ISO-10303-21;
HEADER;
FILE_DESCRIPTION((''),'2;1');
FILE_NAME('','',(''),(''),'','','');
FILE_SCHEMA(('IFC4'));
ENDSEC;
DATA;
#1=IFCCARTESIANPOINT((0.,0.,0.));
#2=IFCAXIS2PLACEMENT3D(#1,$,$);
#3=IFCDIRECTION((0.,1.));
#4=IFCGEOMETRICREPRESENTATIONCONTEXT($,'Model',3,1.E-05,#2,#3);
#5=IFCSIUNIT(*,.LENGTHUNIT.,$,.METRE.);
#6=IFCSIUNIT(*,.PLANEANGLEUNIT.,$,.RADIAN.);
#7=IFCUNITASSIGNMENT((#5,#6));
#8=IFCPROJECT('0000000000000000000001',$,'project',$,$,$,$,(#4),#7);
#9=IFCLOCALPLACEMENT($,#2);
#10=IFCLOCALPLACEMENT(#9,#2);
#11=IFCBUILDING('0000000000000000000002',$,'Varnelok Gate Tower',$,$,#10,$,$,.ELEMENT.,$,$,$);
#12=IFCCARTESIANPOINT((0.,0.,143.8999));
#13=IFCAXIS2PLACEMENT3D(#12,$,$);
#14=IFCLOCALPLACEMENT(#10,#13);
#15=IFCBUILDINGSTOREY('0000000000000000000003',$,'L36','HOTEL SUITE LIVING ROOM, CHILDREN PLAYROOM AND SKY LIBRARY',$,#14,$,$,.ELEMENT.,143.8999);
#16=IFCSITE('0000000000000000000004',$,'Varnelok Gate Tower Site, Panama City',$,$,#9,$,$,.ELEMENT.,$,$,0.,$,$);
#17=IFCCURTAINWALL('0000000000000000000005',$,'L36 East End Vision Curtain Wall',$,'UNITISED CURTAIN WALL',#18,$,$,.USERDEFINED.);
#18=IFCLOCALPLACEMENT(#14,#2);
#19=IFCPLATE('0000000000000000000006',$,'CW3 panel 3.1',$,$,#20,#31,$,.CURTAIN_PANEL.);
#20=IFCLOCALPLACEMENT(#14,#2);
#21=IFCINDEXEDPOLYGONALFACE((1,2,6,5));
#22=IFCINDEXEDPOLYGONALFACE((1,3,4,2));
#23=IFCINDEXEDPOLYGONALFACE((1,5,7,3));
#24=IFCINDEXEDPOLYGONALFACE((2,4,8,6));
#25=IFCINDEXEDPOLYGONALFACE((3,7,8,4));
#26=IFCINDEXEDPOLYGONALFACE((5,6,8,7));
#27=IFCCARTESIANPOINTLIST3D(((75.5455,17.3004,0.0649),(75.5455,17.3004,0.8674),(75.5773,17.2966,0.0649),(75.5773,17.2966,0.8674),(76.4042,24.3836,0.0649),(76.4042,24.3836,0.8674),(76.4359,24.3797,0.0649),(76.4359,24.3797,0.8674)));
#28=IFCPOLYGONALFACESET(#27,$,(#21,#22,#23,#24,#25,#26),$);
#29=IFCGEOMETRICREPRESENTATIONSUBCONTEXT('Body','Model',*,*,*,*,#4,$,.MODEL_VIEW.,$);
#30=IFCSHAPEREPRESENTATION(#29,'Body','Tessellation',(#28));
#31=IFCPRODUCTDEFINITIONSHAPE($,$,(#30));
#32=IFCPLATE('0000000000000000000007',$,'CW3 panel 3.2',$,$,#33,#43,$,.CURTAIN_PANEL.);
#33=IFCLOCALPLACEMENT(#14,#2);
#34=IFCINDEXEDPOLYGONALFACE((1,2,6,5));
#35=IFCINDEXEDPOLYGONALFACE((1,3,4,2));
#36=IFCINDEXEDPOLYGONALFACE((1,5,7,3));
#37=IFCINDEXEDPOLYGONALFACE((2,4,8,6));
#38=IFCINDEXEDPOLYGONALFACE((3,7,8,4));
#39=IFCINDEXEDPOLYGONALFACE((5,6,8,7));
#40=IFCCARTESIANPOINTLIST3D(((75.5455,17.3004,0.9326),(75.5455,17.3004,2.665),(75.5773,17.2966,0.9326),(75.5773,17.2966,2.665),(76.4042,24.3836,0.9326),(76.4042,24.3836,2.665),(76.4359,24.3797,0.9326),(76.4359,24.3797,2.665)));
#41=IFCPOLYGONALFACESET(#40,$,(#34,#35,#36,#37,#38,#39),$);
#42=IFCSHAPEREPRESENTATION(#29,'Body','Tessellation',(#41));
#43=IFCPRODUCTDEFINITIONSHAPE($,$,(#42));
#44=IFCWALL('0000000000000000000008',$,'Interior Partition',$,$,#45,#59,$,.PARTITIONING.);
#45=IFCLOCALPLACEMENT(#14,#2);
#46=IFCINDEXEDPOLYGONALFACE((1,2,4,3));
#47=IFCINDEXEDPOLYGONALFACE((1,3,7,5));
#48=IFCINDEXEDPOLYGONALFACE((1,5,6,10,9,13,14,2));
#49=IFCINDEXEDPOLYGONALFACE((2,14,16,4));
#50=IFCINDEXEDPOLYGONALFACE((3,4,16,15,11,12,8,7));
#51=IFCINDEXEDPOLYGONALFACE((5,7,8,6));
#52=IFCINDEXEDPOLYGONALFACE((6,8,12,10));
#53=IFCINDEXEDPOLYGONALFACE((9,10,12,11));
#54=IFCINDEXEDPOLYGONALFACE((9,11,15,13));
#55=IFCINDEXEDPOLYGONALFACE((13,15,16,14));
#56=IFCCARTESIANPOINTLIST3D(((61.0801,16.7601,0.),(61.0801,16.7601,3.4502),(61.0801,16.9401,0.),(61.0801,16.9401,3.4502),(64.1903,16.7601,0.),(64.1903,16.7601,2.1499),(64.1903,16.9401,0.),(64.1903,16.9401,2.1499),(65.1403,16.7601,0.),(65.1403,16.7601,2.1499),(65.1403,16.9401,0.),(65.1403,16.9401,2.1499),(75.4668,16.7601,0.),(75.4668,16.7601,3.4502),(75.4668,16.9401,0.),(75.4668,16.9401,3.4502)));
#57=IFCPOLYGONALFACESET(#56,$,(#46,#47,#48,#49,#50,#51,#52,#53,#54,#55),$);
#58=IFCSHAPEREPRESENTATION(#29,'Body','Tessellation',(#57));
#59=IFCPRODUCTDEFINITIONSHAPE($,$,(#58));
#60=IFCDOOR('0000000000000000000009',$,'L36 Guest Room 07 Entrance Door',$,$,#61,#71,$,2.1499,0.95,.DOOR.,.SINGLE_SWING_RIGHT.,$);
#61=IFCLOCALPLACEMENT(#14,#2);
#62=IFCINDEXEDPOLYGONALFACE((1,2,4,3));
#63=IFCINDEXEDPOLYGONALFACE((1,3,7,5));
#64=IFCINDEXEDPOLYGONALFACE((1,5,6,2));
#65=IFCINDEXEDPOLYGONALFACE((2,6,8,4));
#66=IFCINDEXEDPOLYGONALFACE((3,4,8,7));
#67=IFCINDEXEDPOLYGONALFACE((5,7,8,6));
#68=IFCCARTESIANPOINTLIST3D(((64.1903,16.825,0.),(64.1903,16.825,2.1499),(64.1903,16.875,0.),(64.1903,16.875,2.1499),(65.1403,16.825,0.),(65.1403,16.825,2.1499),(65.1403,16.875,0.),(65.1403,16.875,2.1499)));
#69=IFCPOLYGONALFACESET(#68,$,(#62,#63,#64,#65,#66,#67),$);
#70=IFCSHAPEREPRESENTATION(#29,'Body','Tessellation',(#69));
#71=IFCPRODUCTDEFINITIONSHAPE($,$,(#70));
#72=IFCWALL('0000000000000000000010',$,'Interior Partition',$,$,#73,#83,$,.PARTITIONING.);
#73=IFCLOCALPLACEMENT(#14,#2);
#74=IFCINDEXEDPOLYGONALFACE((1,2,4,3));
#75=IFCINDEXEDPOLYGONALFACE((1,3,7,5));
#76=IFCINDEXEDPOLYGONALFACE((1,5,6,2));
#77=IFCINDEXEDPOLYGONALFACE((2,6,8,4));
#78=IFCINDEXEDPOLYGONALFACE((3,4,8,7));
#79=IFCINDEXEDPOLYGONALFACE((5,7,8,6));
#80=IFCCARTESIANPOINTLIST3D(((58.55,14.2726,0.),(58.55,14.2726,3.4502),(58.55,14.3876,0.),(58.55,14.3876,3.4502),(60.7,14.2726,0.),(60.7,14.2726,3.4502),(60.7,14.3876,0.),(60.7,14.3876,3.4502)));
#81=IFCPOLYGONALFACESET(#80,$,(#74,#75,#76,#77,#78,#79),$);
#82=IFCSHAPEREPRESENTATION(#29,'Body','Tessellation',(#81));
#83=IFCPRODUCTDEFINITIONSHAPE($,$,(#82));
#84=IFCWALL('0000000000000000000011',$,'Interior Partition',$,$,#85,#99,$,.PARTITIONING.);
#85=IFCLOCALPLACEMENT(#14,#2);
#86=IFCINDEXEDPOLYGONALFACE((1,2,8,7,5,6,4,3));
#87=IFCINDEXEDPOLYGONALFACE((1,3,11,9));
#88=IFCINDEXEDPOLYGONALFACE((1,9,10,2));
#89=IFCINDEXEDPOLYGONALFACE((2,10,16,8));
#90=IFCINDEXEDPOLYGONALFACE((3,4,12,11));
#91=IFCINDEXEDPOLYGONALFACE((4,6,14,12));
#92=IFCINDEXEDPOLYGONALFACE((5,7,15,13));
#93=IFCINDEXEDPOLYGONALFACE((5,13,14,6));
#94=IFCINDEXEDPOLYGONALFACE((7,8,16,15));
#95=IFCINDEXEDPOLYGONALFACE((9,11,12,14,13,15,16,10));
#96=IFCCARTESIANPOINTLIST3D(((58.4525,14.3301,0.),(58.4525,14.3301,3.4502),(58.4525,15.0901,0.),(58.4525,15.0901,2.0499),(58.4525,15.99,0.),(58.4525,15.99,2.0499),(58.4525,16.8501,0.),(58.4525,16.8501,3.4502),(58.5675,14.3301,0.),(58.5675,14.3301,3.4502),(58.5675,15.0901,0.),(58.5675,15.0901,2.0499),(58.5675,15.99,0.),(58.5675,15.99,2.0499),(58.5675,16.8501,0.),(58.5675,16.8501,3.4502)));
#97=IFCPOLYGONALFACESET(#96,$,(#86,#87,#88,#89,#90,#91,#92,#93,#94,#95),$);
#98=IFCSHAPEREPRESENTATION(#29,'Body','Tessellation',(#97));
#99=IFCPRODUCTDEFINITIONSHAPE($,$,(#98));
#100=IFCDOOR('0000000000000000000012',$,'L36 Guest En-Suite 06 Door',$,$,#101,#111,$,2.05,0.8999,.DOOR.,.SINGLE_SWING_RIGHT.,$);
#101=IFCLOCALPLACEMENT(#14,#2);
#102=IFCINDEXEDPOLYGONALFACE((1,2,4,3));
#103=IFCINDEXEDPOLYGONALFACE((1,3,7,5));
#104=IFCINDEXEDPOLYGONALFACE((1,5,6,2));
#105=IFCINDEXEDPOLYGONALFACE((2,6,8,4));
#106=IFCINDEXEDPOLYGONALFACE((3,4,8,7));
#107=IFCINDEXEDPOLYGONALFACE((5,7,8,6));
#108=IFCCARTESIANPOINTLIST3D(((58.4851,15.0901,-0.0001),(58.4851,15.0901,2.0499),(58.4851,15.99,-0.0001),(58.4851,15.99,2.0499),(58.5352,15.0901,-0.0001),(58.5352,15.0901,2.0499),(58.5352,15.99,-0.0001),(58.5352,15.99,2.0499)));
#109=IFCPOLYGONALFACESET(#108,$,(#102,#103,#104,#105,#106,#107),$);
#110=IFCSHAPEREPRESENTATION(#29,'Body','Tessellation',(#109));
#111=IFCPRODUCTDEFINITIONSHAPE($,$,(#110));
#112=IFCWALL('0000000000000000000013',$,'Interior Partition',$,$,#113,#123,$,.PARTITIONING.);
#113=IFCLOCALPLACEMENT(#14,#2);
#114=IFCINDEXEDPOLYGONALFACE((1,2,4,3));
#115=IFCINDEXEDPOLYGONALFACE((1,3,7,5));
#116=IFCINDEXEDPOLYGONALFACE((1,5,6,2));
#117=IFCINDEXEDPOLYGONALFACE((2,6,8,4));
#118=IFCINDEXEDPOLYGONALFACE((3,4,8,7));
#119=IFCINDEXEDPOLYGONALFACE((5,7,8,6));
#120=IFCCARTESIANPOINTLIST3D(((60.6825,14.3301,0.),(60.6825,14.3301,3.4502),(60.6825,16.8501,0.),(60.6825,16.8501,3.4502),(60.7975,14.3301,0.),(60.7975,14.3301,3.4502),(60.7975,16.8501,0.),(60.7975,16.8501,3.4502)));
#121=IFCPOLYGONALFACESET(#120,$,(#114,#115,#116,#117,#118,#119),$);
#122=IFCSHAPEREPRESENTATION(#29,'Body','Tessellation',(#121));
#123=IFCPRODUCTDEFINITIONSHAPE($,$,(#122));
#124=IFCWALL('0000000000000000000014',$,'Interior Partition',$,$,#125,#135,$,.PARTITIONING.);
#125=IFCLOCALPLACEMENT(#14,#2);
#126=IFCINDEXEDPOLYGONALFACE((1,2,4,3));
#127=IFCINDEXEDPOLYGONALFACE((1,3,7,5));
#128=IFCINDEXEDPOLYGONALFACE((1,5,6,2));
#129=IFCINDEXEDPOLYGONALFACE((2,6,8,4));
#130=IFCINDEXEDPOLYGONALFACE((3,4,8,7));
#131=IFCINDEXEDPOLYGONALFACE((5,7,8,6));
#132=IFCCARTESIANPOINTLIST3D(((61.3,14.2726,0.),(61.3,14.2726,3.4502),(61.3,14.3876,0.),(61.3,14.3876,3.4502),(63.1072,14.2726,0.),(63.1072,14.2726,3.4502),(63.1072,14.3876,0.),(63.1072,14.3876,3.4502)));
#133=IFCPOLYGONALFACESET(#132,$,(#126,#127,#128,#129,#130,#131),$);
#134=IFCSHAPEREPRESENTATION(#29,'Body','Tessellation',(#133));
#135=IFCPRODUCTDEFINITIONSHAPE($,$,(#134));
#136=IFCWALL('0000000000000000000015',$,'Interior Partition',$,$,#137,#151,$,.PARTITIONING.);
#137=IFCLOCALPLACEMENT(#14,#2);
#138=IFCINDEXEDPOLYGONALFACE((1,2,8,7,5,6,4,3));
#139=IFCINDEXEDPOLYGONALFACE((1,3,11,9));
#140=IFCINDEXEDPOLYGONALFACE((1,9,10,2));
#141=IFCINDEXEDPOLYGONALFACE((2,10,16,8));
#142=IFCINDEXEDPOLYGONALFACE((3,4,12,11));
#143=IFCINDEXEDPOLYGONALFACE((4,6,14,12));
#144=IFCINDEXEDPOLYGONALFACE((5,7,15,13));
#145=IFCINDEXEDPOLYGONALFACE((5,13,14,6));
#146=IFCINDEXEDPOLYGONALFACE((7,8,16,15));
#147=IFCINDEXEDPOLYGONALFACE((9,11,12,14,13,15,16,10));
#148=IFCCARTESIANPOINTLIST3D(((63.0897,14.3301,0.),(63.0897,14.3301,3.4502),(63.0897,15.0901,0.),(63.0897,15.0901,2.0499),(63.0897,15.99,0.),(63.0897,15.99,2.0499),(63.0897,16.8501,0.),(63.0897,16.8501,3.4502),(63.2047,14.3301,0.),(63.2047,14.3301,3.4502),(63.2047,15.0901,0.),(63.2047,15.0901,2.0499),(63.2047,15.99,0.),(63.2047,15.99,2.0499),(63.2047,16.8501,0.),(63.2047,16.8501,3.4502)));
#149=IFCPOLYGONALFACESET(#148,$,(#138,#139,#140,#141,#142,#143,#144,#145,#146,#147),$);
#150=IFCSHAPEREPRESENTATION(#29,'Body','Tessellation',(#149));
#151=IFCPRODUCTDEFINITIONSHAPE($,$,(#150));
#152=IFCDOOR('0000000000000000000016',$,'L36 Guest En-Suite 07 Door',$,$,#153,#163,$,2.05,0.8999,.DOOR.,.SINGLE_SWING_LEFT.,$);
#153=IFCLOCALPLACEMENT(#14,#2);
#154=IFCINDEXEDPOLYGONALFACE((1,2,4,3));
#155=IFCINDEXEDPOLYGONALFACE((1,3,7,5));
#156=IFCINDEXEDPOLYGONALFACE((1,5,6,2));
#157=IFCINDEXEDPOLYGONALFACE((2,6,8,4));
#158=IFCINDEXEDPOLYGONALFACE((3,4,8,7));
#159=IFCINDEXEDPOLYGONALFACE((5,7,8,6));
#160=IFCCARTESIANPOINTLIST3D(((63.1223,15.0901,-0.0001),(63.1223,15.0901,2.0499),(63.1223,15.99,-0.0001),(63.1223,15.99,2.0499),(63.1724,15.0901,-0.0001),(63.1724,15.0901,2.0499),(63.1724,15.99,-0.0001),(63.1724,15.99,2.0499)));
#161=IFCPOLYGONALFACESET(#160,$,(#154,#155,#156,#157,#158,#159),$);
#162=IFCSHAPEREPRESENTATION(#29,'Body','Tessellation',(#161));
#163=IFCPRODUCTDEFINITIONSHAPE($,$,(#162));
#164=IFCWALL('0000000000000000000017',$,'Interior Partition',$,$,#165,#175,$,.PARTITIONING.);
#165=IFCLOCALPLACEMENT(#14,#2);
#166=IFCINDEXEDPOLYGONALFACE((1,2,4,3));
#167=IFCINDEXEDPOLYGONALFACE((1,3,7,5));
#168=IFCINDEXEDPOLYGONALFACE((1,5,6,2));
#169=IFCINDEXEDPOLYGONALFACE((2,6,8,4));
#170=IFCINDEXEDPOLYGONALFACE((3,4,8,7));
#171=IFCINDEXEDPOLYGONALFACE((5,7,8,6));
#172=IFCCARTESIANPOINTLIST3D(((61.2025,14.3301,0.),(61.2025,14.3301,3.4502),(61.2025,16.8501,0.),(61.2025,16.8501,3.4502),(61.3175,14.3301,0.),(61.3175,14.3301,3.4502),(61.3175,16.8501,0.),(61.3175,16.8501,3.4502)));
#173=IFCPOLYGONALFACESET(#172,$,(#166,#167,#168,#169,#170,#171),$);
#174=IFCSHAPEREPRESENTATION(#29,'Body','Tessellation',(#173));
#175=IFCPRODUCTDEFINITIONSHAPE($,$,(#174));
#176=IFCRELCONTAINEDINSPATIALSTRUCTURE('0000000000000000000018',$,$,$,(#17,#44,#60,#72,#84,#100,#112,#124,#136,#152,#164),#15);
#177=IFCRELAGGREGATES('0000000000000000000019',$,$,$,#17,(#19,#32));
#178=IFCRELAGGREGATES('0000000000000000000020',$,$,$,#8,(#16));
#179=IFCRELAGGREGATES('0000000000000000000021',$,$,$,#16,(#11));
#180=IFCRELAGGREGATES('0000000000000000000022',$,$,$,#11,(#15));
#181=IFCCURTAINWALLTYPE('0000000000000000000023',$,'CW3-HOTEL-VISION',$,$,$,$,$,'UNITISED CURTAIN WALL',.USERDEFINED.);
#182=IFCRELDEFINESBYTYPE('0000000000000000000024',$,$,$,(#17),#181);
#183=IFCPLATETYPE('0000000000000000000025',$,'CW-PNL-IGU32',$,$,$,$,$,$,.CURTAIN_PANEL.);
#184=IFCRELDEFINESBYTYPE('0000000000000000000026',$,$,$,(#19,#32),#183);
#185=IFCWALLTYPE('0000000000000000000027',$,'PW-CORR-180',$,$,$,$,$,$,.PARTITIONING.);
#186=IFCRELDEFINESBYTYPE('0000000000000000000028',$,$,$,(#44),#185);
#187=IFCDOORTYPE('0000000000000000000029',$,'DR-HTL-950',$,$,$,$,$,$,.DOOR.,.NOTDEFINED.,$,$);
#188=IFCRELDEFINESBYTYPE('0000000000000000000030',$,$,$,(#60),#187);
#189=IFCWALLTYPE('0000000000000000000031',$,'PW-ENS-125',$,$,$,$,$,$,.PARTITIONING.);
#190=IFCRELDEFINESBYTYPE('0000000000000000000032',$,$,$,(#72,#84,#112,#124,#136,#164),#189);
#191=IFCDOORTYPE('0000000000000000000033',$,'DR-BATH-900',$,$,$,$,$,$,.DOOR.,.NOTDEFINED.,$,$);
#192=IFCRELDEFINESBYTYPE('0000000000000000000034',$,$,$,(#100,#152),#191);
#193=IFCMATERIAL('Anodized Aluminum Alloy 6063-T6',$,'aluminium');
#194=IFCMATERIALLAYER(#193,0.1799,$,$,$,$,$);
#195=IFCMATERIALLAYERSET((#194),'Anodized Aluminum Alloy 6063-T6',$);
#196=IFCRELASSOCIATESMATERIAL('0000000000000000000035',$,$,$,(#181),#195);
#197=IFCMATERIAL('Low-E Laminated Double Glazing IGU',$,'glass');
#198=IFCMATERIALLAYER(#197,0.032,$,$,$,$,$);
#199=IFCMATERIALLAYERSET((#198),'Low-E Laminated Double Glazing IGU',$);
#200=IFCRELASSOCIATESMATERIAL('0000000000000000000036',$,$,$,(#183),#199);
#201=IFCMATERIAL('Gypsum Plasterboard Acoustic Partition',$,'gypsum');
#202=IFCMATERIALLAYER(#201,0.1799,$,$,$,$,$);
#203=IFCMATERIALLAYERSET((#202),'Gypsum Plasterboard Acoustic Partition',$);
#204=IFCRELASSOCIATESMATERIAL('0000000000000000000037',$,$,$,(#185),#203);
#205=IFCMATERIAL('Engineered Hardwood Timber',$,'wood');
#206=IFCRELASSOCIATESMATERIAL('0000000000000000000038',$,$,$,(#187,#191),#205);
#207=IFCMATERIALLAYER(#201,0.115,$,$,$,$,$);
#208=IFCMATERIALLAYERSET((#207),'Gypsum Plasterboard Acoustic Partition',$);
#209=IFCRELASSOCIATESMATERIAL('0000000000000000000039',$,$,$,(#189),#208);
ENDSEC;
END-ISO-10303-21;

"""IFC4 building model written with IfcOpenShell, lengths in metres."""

from ifc_helpers import new_model, si_unit, direction, frame, frame_2d, origin, origin_2d, place, context, subcontext, project, spatial, rectangle, extrude, source, transform, mapped, material, layer, layer_set, type_object, element, fill, aggregate, save


model = new_model("IFC4")

# Units and contexts
model_context = context("Model", 3, precision=1e-05, world=origin(), true_north=direction((0.0, 1.0)))
body_context = subcontext(model_context, "Body", "Model", "MODEL_VIEW")
ifc_project = project(units=[si_unit("LENGTHUNIT", "METRE"), si_unit("PLANEANGLEUNIT", "RADIAN")], contexts=[model_context])

# Site, building, storey
site_placement = place(None, origin())
site = spatial("IfcSite", under=ifc_project, at=site_placement, Name="Varnelok Gate Tower Site, Panama City", CompositionType="ELEMENT", RefElevation=0.0)
building_placement = place(site_placement, origin())
building = spatial("IfcBuilding", under=site, at=building_placement, Name="Varnelok Gate Tower", CompositionType="ELEMENT")
storey_placement = place(building_placement, frame((0.0, 0.0, 143.8999)))
storey = spatial("IfcBuildingStorey", under=building, at=storey_placement, Name="L36", Description="HOTEL SUITE LIVING ROOM, CHILDREN PLAYROOM AND SKY LIBRARY", CompositionType="ELEMENT", Elevation=143.8999)

# Curtain wall, plates
ifc_material_1 = material(Name="Anodized Aluminum Alloy 6063-T6", Category="aluminium")
ifc_layer_1 = layer(ifc_material_1, 0.1799)
ifc_layer_set_1 = layer_set([ifc_layer_1], Name="Anodized Aluminum Alloy 6063-T6")
curtain_wall_type = type_object("IfcCurtainWallType", Name="CW3-HOTEL-VISION", ElementType="UNITISED CURTAIN WALL", PredefinedType="USERDEFINED", material=ifc_layer_set_1)
curtain_wall_placement = place(storey_placement, origin())
curtain_wall = element("IfcCurtainWall", 1, at=curtain_wall_placement, inside=storey, type_object=curtain_wall_type, Name="L36 East End Vision Curtain Wall", ObjectType="UNITISED CURTAIN WALL", PredefinedType="USERDEFINED")
ifc_material_2 = material(Name="Low-E Laminated Double Glazing IGU", Category="glass")
ifc_layer_2 = layer(ifc_material_2, 0.032)
ifc_layer_set_2 = layer_set([ifc_layer_2], Name="Low-E Laminated Double Glazing IGU")
plate_type = type_object("IfcPlateType", Name="CW-PNL-IGU32", PredefinedType="CURTAIN_PANEL", material=ifc_layer_set_2)
shared_shape_1 = source(origin(), body_context, "Body", "SweptSolid", [
    extrude(rectangle(XDim=7.135, YDim=0.032, at=origin_2d()), origin(), (0.0, 0.0, 1.0), 0.8025),
])
plate_1_placement = place(storey_placement, frame((75.9907, 20.8401, 0.0649), z_axis=(0.0, 0.0, 1.0), x_axis=(-0.120347, -0.992732, 0.0)))
plate_1 = element("IfcPlate", 2, at=plate_1_placement, type_object=plate_type, Name="CW3 panel 3.1", PredefinedType="CURTAIN_PANEL", context=body_context, shape_type="MappedRepresentation", body=[
    mapped(shared_shape_1, transform((0.0, 0.0, 0.0), scale=1.0)),
])
shared_shape_2 = source(origin(), body_context, "Body", "SweptSolid", [
    extrude(rectangle(XDim=7.135, YDim=0.032, at=origin_2d()), origin(), (0.0, 0.0, 1.0), 1.7324),
])
plate_2_placement = place(storey_placement, frame((75.9907, 20.8401, 0.9326), z_axis=(0.0, 0.0, 1.0), x_axis=(-0.120347, -0.992732, 0.0)))
plate_2 = element("IfcPlate", 3, at=plate_2_placement, type_object=plate_type, Name="CW3 panel 3.2", PredefinedType="CURTAIN_PANEL", context=body_context, shape_type="MappedRepresentation", body=[
    mapped(shared_shape_2, transform((0.0, 0.0, 0.0), scale=1.0)),
])
aggregate(curtain_wall, [plate_1, plate_2])

# Wall, opening, door
ifc_material_3 = material(Name="Gypsum Plasterboard Acoustic Partition", Category="gypsum")
ifc_layer_3 = layer(ifc_material_3, 0.1799)
ifc_layer_set_3 = layer_set([ifc_layer_3], Name="Gypsum Plasterboard Acoustic Partition")
wall_type_1 = type_object("IfcWallType", Name="PW-CORR-180", PredefinedType="PARTITIONING", material=ifc_layer_set_3)
wall_1_placement = place(storey_placement, frame((61.0801, 16.8501, 0.0), z_axis=(0.0, 0.0, 1.0), x_axis=(1.0, 0.0, 0.0)))
wall_1 = element("IfcWall", 4, at=wall_1_placement, inside=storey, type_object=wall_type_1, Name="Interior Partition", PredefinedType="PARTITIONING", context=body_context, shape_type="SweptSolid", body=[
    extrude(rectangle(XDim=14.3867, YDim=0.1799, at=frame_2d((7.1934, 0.0))), origin(), (0.0, 0.0, 1.0), 3.4502),
])
opening_1_placement = place(wall_1_placement, frame((3.1101, 0.0, 0.0)))
opening_1 = element("IfcOpeningElement", 5, at=opening_1_placement, cuts=wall_1, PredefinedType="OPENING", context=body_context, shape_type="SweptSolid", body=[
    extrude(rectangle(XDim=0.95, YDim=2.1499, at=frame_2d((0.4751, 1.075))), frame((0.0, 0.0999, 0.0), z_axis=(0.0, -1.0, 0.0), x_axis=(1.0, 0.0, 0.0)), (0.0, 0.0, 1.0), 0.2),
])
ifc_material_4 = material(Name="Engineered Hardwood Timber", Category="wood")
door_type_1 = type_object("IfcDoorType", Name="DR-HTL-950", OperationType="NOTDEFINED", PredefinedType="DOOR", material=ifc_material_4)
door_1_placement = place(opening_1_placement, origin())
door_1 = element("IfcDoor", 6, at=door_1_placement, inside=storey, type_object=door_type_1, Name="L36 Guest Room 07 Entrance Door", OperationType="SINGLE_SWING_RIGHT", OverallHeight=2.1499, OverallWidth=0.95, PredefinedType="DOOR", context=body_context, shape_type="SweptSolid", body=[
    extrude(rectangle(XDim=0.95, YDim=2.1499, at=frame_2d((0.4751, 1.075))), frame((0.0, 0.0249, 0.0), z_axis=(0.0, -1.0, 0.0), x_axis=(1.0, 0.0, 0.0)), (0.0, 0.0, 1.0), 0.05),
])
fill(opening_1, door_1)

# Wall
ifc_layer_4 = layer(ifc_material_3, 0.115)
ifc_layer_set_4 = layer_set([ifc_layer_4], Name="Gypsum Plasterboard Acoustic Partition")
wall_type_2 = type_object("IfcWallType", Name="PW-ENS-125", PredefinedType="PARTITIONING", material=ifc_layer_set_4)
wall_2_placement = place(storey_placement, frame((58.55, 14.3301, 0.0), z_axis=(0.0, 0.0, 1.0), x_axis=(1.0, 0.0, 0.0)))
element("IfcWall", 7, at=wall_2_placement, inside=storey, type_object=wall_type_2, Name="Interior Partition", PredefinedType="PARTITIONING", context=body_context, shape_type="SweptSolid", body=[
    extrude(rectangle(XDim=2.1499, YDim=0.115, at=frame_2d((1.075, 0.0))), origin(), (0.0, 0.0, 1.0), 3.4502),
])

# Wall, opening, door
wall_3_placement = place(storey_placement, frame((58.51, 14.3301, 0.0), z_axis=(0.0, 0.0, 1.0), x_axis=(0.0, 1.0, 0.0)))
wall_3 = element("IfcWall", 8, at=wall_3_placement, inside=storey, type_object=wall_type_2, Name="Interior Partition", PredefinedType="PARTITIONING", context=body_context, shape_type="SweptSolid", body=[
    extrude(rectangle(XDim=2.52, YDim=0.115, at=frame_2d((1.26, 0.0))), origin(), (0.0, 0.0, 1.0), 3.4502),
])
opening_2_placement = place(wall_3_placement, frame((0.76, 0.0, 0.0)))
opening_2 = element("IfcOpeningElement", 9, at=opening_2_placement, cuts=wall_3, PredefinedType="OPENING", context=body_context, shape_type="SweptSolid", body=[
    extrude(rectangle(XDim=0.8999, YDim=2.05, at=frame_2d((0.45, 1.0249))), frame((0.0, 0.0674, 0.0), z_axis=(0.0, -1.0, 0.0), x_axis=(1.0, 0.0, 0.0)), (0.0, 0.0, 1.0), 0.135),
])
door_type_2 = type_object("IfcDoorType", Name="DR-BATH-900", OperationType="NOTDEFINED", PredefinedType="DOOR", material=ifc_material_4)
door_2_placement = place(opening_2_placement, origin())
door_2 = element("IfcDoor", 10, at=door_2_placement, inside=storey, type_object=door_type_2, Name="L36 Guest En-Suite 06 Door", OperationType="SINGLE_SWING_RIGHT", OverallHeight=2.05, OverallWidth=0.8999, PredefinedType="DOOR", context=body_context, shape_type="SweptSolid", body=[
    extrude(rectangle(XDim=0.8999, YDim=2.05, at=frame_2d((0.45, 1.0249))), frame((0.0, 0.0249, 0.0), z_axis=(0.0, -1.0, 0.0), x_axis=(1.0, 0.0, 0.0)), (0.0, 0.0, 1.0), 0.05),
])
fill(opening_2, door_2)

# Walls
wall_4_placement = place(storey_placement, frame((60.74, 14.3301, 0.0), z_axis=(0.0, 0.0, 1.0), x_axis=(0.0, 1.0, 0.0)))
element("IfcWall", 11, at=wall_4_placement, inside=storey, type_object=wall_type_2, Name="Interior Partition", PredefinedType="PARTITIONING", context=body_context, shape_type="SweptSolid", body=[
    extrude(rectangle(XDim=2.52, YDim=0.115, at=frame_2d((1.26, 0.0))), origin(), (0.0, 0.0, 1.0), 3.4502),
])
wall_5_placement = place(storey_placement, frame((61.3, 14.3301, 0.0), z_axis=(0.0, 0.0, 1.0), x_axis=(1.0, 0.0, 0.0)))
element("IfcWall", 12, at=wall_5_placement, inside=storey, type_object=wall_type_2, Name="Interior Partition", PredefinedType="PARTITIONING", context=body_context, shape_type="SweptSolid", body=[
    extrude(rectangle(XDim=1.8071, YDim=0.115, at=frame_2d((0.9036, 0.0))), origin(), (0.0, 0.0, 1.0), 3.4502),
])

# Wall, opening, door
wall_6_placement = place(storey_placement, frame((63.1472, 14.3301, 0.0), z_axis=(0.0, 0.0, 1.0), x_axis=(0.0, 1.0, 0.0)))
wall_6 = element("IfcWall", 13, at=wall_6_placement, inside=storey, type_object=wall_type_2, Name="Interior Partition", PredefinedType="PARTITIONING", context=body_context, shape_type="SweptSolid", body=[
    extrude(rectangle(XDim=2.52, YDim=0.115, at=frame_2d((1.26, 0.0))), origin(), (0.0, 0.0, 1.0), 3.4502),
])
opening_3_placement = place(wall_6_placement, frame((0.76, 0.0, 0.0)))
opening_3 = element("IfcOpeningElement", 14, at=opening_3_placement, cuts=wall_6, PredefinedType="OPENING", context=body_context, shape_type="SweptSolid", body=[
    extrude(rectangle(XDim=0.8999, YDim=2.05, at=frame_2d((0.45, 1.0249))), frame((0.0, 0.0674, 0.0), z_axis=(0.0, -1.0, 0.0), x_axis=(1.0, 0.0, 0.0)), (0.0, 0.0, 1.0), 0.135),
])
door_3_placement = place(opening_3_placement, origin())
door_3 = element("IfcDoor", 15, at=door_3_placement, inside=storey, type_object=door_type_2, Name="L36 Guest En-Suite 07 Door", OperationType="SINGLE_SWING_LEFT", OverallHeight=2.05, OverallWidth=0.8999, PredefinedType="DOOR", context=body_context, shape_type="SweptSolid", body=[
    extrude(rectangle(XDim=0.8999, YDim=2.05, at=frame_2d((0.45, 1.0249))), frame((0.0, 0.0249, 0.0), z_axis=(0.0, -1.0, 0.0), x_axis=(1.0, 0.0, 0.0)), (0.0, 0.0, 1.0), 0.05),
])
fill(opening_3, door_3)

# Wall
wall_7_placement = place(storey_placement, frame((61.26, 14.3301, 0.0), z_axis=(0.0, 0.0, 1.0), x_axis=(0.0, 1.0, 0.0)))
element("IfcWall", 16, at=wall_7_placement, inside=storey, type_object=wall_type_2, Name="Interior Partition", PredefinedType="PARTITIONING", context=body_context, shape_type="SweptSolid", body=[
    extrude(rectangle(XDim=2.52, YDim=0.115, at=frame_2d((1.26, 0.0))), origin(), (0.0, 0.0, 1.0), 3.4502),
])

save(model, "model.ifc")
